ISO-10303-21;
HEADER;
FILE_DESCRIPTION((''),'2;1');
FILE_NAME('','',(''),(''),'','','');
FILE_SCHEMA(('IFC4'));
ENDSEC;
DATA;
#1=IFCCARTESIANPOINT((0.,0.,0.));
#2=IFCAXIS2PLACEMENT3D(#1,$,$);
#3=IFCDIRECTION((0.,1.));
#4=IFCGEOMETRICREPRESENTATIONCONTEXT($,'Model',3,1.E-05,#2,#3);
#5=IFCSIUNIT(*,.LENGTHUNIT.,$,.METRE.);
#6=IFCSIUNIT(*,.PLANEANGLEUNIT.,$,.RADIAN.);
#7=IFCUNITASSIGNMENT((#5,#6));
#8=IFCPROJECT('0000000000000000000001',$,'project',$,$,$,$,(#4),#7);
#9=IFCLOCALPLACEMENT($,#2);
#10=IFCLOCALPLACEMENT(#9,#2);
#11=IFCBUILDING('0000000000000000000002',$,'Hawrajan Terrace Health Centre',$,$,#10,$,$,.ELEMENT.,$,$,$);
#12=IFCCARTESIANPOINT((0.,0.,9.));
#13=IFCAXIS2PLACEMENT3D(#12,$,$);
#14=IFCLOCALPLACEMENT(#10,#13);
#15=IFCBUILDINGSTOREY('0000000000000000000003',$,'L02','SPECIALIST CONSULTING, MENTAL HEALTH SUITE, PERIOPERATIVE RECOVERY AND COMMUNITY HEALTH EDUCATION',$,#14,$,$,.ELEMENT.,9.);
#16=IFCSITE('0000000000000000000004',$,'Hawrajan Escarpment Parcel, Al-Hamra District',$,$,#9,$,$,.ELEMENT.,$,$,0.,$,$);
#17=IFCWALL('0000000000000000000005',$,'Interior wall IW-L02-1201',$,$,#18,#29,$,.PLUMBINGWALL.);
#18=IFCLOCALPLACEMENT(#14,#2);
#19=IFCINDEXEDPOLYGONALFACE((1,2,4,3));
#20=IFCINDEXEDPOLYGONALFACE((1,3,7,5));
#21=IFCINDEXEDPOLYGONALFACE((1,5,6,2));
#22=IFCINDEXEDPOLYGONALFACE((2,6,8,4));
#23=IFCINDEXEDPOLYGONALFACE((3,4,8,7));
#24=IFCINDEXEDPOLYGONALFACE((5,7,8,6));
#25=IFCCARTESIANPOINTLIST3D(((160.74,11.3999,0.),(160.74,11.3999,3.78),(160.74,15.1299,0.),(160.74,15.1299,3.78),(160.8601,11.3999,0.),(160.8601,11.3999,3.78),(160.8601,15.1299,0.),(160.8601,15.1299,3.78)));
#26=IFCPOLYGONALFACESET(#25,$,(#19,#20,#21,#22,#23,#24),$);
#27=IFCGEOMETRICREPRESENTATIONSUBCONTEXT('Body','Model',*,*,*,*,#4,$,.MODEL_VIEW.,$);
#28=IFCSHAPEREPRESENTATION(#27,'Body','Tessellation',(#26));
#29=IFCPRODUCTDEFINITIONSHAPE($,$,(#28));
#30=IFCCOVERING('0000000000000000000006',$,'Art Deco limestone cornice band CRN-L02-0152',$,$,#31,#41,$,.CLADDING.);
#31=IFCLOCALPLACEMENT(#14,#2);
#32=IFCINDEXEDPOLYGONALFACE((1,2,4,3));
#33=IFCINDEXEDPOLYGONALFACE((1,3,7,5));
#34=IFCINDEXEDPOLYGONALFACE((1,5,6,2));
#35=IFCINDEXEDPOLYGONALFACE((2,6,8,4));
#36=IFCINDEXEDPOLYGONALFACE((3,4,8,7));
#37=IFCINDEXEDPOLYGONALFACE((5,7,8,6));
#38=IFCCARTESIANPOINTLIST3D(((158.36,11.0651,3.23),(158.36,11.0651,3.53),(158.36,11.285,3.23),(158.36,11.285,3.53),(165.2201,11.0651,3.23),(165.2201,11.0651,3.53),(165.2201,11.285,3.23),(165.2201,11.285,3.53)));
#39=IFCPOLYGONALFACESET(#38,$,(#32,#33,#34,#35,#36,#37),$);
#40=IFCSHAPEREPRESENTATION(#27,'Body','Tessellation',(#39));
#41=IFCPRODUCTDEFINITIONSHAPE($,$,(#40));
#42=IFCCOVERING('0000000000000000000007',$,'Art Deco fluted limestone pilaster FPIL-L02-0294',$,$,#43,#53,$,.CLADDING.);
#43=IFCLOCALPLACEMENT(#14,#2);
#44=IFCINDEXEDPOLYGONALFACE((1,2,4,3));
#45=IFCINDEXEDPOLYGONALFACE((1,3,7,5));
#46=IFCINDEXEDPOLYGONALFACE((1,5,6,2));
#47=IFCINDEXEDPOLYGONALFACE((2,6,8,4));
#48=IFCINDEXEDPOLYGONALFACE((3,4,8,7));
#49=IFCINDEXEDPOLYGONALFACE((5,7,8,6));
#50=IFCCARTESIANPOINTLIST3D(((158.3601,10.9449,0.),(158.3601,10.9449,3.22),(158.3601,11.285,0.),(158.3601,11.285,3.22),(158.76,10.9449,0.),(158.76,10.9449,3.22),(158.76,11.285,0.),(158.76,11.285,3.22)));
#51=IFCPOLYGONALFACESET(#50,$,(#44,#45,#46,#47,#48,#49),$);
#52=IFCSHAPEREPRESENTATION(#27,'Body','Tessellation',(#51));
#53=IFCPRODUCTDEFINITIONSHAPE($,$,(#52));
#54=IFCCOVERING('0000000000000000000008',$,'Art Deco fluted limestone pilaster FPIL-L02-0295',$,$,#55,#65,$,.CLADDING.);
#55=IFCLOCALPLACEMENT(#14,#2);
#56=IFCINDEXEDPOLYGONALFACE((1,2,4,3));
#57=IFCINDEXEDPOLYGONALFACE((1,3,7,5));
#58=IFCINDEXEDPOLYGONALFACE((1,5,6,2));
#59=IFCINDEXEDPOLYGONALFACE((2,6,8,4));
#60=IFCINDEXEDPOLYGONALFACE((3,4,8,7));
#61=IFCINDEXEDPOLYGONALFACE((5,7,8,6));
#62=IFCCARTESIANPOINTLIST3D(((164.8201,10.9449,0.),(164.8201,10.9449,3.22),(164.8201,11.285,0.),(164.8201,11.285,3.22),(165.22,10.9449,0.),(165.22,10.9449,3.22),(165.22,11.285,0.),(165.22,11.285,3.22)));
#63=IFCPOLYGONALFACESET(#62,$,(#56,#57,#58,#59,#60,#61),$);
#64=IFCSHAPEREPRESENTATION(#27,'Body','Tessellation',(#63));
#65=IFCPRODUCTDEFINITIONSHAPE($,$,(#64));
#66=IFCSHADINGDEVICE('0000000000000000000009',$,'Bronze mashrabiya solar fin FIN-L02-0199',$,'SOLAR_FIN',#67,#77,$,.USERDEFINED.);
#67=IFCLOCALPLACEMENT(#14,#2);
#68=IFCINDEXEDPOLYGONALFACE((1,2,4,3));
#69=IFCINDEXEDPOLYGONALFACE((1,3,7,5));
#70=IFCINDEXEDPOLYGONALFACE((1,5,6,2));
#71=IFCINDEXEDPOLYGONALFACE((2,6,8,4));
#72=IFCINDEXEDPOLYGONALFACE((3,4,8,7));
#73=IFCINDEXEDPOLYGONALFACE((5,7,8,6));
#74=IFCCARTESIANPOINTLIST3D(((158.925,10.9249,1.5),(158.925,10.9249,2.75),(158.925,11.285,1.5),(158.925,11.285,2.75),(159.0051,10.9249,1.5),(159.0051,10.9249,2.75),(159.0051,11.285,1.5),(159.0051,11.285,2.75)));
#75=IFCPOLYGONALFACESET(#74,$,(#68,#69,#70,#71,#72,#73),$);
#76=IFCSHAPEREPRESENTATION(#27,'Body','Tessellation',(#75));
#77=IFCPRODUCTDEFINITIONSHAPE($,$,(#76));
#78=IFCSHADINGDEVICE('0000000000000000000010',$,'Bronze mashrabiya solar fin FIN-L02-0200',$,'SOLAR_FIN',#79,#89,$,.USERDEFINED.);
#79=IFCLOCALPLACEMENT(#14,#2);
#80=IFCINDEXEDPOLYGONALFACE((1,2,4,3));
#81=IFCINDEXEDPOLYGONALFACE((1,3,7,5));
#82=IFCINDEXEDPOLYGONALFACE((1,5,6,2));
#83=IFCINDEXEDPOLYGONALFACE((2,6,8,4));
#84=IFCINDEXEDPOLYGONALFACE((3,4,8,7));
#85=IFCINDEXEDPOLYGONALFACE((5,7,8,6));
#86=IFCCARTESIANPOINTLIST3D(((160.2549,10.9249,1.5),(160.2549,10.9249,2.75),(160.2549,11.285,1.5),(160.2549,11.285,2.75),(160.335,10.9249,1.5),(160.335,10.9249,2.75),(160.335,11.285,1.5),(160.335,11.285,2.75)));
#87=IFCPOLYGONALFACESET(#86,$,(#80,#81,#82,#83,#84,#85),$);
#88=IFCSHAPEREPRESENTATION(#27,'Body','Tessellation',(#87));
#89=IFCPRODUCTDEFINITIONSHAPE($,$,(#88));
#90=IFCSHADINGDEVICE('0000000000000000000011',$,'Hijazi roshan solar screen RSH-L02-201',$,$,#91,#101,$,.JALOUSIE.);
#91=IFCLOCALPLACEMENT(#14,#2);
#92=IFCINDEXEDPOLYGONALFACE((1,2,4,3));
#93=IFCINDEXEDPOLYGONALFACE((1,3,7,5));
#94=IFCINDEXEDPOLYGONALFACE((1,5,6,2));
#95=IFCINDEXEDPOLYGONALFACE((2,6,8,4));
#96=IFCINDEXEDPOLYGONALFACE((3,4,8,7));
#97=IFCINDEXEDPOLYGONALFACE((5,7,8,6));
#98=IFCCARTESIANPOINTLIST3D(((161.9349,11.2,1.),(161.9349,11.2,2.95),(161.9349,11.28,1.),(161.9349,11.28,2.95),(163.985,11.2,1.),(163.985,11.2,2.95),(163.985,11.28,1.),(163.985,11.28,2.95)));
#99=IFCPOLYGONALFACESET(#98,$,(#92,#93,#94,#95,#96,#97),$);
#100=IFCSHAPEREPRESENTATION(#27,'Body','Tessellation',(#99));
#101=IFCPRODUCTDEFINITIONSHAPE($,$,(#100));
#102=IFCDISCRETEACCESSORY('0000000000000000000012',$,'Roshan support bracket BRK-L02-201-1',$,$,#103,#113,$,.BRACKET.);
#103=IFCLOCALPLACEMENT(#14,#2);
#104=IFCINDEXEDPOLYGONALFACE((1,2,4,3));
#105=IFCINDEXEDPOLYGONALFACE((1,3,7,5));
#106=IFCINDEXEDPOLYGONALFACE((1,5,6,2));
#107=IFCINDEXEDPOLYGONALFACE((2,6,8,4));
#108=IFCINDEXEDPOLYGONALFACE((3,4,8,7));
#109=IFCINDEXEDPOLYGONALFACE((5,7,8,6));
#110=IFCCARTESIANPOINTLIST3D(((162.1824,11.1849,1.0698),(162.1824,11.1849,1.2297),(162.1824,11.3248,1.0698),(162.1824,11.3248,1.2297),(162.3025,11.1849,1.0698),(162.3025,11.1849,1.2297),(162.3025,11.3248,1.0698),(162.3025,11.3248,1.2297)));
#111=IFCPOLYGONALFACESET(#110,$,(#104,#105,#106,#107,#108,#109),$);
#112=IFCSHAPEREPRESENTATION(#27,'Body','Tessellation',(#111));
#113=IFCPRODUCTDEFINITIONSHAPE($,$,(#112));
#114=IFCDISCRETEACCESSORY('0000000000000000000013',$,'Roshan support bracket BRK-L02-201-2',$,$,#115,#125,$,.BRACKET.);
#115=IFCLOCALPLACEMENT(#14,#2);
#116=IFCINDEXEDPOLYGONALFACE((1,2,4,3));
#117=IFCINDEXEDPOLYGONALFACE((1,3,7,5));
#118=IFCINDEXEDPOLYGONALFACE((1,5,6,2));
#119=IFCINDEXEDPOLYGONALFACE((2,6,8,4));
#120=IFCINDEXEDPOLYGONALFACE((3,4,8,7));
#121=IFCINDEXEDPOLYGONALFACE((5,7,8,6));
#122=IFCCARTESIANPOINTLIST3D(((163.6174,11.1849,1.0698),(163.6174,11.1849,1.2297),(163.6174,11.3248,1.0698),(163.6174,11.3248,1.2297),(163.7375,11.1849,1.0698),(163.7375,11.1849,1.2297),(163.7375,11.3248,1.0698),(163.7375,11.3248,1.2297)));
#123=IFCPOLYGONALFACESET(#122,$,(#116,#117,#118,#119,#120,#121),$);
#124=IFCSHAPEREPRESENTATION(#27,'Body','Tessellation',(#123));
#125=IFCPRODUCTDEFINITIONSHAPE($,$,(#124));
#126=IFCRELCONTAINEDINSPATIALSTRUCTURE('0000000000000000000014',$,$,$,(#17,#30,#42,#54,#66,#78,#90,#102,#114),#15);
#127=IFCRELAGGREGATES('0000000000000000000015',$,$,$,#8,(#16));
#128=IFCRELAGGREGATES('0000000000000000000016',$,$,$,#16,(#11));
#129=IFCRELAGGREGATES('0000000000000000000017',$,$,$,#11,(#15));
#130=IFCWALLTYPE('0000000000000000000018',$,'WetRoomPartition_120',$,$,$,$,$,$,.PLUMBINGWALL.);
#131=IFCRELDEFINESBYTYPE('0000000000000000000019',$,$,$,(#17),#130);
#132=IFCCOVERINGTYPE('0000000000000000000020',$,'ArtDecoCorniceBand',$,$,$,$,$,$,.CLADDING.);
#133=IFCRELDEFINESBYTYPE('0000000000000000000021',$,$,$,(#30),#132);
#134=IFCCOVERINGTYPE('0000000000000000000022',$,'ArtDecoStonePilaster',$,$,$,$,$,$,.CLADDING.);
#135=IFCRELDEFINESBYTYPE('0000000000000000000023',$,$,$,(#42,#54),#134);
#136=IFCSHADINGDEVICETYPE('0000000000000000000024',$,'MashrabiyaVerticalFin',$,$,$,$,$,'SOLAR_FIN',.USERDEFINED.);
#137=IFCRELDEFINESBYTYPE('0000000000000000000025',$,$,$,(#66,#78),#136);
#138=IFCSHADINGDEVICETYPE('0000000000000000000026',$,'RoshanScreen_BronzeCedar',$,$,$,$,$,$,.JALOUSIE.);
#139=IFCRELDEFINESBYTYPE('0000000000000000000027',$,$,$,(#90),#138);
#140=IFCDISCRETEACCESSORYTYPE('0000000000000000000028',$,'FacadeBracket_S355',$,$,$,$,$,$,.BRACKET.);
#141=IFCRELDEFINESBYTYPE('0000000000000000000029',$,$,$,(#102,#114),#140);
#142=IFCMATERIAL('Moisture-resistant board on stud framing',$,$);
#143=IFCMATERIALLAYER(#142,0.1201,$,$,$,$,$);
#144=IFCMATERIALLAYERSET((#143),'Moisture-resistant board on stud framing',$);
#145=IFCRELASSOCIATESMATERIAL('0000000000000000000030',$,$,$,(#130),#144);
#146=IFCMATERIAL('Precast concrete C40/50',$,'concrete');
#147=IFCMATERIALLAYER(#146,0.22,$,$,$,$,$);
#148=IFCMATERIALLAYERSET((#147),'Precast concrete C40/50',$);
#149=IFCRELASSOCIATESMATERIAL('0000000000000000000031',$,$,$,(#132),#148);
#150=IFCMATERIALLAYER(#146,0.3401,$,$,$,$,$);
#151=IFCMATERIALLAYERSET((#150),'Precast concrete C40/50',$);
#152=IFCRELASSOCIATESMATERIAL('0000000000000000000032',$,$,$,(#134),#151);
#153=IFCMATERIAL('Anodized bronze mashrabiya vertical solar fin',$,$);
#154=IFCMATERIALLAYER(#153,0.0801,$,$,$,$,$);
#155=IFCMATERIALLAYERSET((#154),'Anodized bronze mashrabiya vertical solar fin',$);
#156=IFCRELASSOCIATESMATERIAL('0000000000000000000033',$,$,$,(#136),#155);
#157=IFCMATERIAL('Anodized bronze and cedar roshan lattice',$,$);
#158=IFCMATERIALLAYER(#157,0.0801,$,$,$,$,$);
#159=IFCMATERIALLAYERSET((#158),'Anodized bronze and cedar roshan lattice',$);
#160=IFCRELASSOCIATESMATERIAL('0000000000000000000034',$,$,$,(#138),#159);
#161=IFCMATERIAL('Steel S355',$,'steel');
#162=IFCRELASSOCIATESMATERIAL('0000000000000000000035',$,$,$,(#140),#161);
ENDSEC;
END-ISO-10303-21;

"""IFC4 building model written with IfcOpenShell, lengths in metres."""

from ifc_helpers import new_model, si_unit, direction, frame, frame_2d, origin, origin_2d, place, context, subcontext, project, spatial, rectangle, extrude, material, layer, layer_set, type_object, element, save


model = new_model("IFC4")

# Units and contexts
model_context = context("Model", 3, precision=1e-05, world=origin(), true_north=direction((0.0, 1.0)))
body_context = subcontext(model_context, "Body", "Model", "MODEL_VIEW")
ifc_project = project(units=[si_unit("LENGTHUNIT", "METRE"), si_unit("PLANEANGLEUNIT", "RADIAN")], contexts=[model_context])

# Site, building, storey
site_placement = place(None, origin())
site = spatial("IfcSite", under=ifc_project, at=site_placement, Name="Hawrajan Escarpment Parcel, Al-Hamra District", CompositionType="ELEMENT", RefElevation=0.0)
building_placement = place(site_placement, origin())
building = spatial("IfcBuilding", under=site, at=building_placement, Name="Hawrajan Terrace Health Centre", CompositionType="ELEMENT")
storey_placement = place(building_placement, frame((0.0, 0.0, 9.0)))
storey = spatial("IfcBuildingStorey", under=building, at=storey_placement, Name="L02", Description="SPECIALIST CONSULTING, MENTAL HEALTH SUITE, PERIOPERATIVE RECOVERY AND COMMUNITY HEALTH EDUCATION", CompositionType="ELEMENT", Elevation=9.0)

# Wall
ifc_material_1 = material(Name="Moisture-resistant board on stud framing")
ifc_layer_1 = layer(ifc_material_1, 0.1201)
ifc_layer_set_1 = layer_set([ifc_layer_1], Name="Moisture-resistant board on stud framing")
wall_type = type_object("IfcWallType", Name="WetRoomPartition_120", PredefinedType="PLUMBINGWALL", material=ifc_layer_set_1)
wall_placement = place(storey_placement, frame((160.8, 11.3999, 0.0), z_axis=(0.0, 0.0, 1.0), x_axis=(0.0, 1.0, 0.0)))
element("IfcWall", 1, at=wall_placement, inside=storey, type_object=wall_type, Name="Interior wall IW-L02-1201", PredefinedType="PLUMBINGWALL", context=body_context, shape_type="SweptSolid", body=[
    extrude(rectangle(XDim=3.73, YDim=0.1201, at=frame_2d((1.865, 0.0))), origin(), (0.0, 0.0, 1.0), 3.78),
])

# Coverings
ifc_material_2 = material(Name="Precast concrete C40/50", Category="concrete")
ifc_layer_2 = layer(ifc_material_2, 0.22)
ifc_layer_set_2 = layer_set([ifc_layer_2], Name="Precast concrete C40/50")
covering_type_1 = type_object("IfcCoveringType", Name="ArtDecoCorniceBand", PredefinedType="CLADDING", material=ifc_layer_set_2)
covering_placement = place(storey_placement, frame((161.79, 11.175, 3.23), z_axis=(0.0, 0.0, 1.0), x_axis=(1.0, 0.0, 0.0)))
element("IfcCovering", 2, at=covering_placement, inside=storey, type_object=covering_type_1, Name="Art Deco limestone cornice band CRN-L02-0152", PredefinedType="CLADDING", context=body_context, shape_type="SweptSolid", body=[
    extrude(rectangle(XDim=6.8601, YDim=0.22, at=origin_2d()), origin(), (0.0, 0.0, 1.0), 0.3),
])
ifc_layer_3 = layer(ifc_material_2, 0.3401)
ifc_layer_set_3 = layer_set([ifc_layer_3], Name="Precast concrete C40/50")
covering_type_2 = type_object("IfcCoveringType", Name="ArtDecoStonePilaster", PredefinedType="CLADDING", material=ifc_layer_set_3)
for number, where, z_axis, x_axis, name in (
    (3, (158.5601, 11.115, 0.0), (0.0, 0.0, 1.0), (1.0, 0.0, 0.0), "Art Deco fluted limestone pilaster FPIL-L02-0294"),
    (4, (165.02, 11.115, 0.0), (0.0, 0.0, 1.0), (1.0, 0.0, 0.0), "Art Deco fluted limestone pilaster FPIL-L02-0295"),
):
    element("IfcCovering", number, at=place(storey_placement, frame(where, z_axis=z_axis, x_axis=x_axis)), inside=storey, type_object=covering_type_2, Name=name, PredefinedType="CLADDING", context=body_context, shape_type="SweptSolid", body=[
        extrude(rectangle(XDim=0.3999, YDim=0.3401, at=origin_2d()), origin(), (0.0, 0.0, 1.0), 3.22),
    ])

# Shading devices
ifc_material_3 = material(Name="Anodized bronze mashrabiya vertical solar fin")
ifc_layer_4 = layer(ifc_material_3, 0.0801)
ifc_layer_set_4 = layer_set([ifc_layer_4], Name="Anodized bronze mashrabiya vertical solar fin")
shading_device_type_1 = type_object("IfcShadingDeviceType", Name="MashrabiyaVerticalFin", ElementType="SOLAR_FIN", PredefinedType="USERDEFINED", material=ifc_layer_set_4)
for number, where, z_axis, x_axis, name in (
    (5, (158.9651, 11.105, 1.5), (0.0, 0.0, 1.0), (1.0, 0.0, 0.0), "Bronze mashrabiya solar fin FIN-L02-0199"),
    (6, (160.2949, 11.105, 1.5), (0.0, 0.0, 1.0), (1.0, 0.0, 0.0), "Bronze mashrabiya solar fin FIN-L02-0200"),
):
    element("IfcShadingDevice", number, at=place(storey_placement, frame(where, z_axis=z_axis, x_axis=x_axis)), inside=storey, type_object=shading_device_type_1, Name=name, ObjectType="SOLAR_FIN", PredefinedType="USERDEFINED", context=body_context, shape_type="SweptSolid", body=[
        extrude(rectangle(XDim=0.0801, YDim=0.3601, at=origin_2d()), origin(), (0.0, 0.0, 1.0), 1.25),
    ])
ifc_material_4 = material(Name="Anodized bronze and cedar roshan lattice")
ifc_layer_5 = layer(ifc_material_4, 0.0801)
ifc_layer_set_5 = layer_set([ifc_layer_5], Name="Anodized bronze and cedar roshan lattice")
shading_device_type_2 = type_object("IfcShadingDeviceType", Name="RoshanScreen_BronzeCedar", PredefinedType="JALOUSIE", material=ifc_layer_set_5)
shading_device_placement = place(storey_placement, frame((162.96, 11.24, 1.0), z_axis=(0.0, 0.0, 1.0), x_axis=(1.0, 0.0, 0.0)))
element("IfcShadingDevice", 7, at=shading_device_placement, inside=storey, type_object=shading_device_type_2, Name="Hijazi roshan solar screen RSH-L02-201", PredefinedType="JALOUSIE", context=body_context, shape_type="SweptSolid", body=[
    extrude(rectangle(XDim=2.05, YDim=0.0801, at=origin_2d()), origin(), (0.0, 0.0, 1.0), 1.95),
])

# Discrete accessories
ifc_material_5 = material(Name="Steel S355", Category="steel")
discrete_accessory_type = type_object("IfcDiscreteAccessoryType", Name="FacadeBracket_S355", PredefinedType="BRACKET", material=ifc_material_5)
for number, where, z_axis, x_axis, name in (
    (8, (162.2424, 11.2549, 1.0698), (0.0, 0.0, 1.0), (1.0, 0.0, 0.0), "Roshan support bracket BRK-L02-201-1"),
    (9, (163.6775, 11.2549, 1.0698), (0.0, 0.0, 1.0), (1.0, 0.0, 0.0), "Roshan support bracket BRK-L02-201-2"),
):
    element("IfcDiscreteAccessory", number, at=place(storey_placement, frame(where, z_axis=z_axis, x_axis=x_axis)), inside=storey, type_object=discrete_accessory_type, Name=name, PredefinedType="BRACKET", context=body_context, shape_type="SweptSolid", body=[
        extrude(rectangle(XDim=0.1201, YDim=0.1399, at=origin_2d()), origin(), (0.0, 0.0, 1.0), 0.1599),
    ])

save(model, "model.ifc")
